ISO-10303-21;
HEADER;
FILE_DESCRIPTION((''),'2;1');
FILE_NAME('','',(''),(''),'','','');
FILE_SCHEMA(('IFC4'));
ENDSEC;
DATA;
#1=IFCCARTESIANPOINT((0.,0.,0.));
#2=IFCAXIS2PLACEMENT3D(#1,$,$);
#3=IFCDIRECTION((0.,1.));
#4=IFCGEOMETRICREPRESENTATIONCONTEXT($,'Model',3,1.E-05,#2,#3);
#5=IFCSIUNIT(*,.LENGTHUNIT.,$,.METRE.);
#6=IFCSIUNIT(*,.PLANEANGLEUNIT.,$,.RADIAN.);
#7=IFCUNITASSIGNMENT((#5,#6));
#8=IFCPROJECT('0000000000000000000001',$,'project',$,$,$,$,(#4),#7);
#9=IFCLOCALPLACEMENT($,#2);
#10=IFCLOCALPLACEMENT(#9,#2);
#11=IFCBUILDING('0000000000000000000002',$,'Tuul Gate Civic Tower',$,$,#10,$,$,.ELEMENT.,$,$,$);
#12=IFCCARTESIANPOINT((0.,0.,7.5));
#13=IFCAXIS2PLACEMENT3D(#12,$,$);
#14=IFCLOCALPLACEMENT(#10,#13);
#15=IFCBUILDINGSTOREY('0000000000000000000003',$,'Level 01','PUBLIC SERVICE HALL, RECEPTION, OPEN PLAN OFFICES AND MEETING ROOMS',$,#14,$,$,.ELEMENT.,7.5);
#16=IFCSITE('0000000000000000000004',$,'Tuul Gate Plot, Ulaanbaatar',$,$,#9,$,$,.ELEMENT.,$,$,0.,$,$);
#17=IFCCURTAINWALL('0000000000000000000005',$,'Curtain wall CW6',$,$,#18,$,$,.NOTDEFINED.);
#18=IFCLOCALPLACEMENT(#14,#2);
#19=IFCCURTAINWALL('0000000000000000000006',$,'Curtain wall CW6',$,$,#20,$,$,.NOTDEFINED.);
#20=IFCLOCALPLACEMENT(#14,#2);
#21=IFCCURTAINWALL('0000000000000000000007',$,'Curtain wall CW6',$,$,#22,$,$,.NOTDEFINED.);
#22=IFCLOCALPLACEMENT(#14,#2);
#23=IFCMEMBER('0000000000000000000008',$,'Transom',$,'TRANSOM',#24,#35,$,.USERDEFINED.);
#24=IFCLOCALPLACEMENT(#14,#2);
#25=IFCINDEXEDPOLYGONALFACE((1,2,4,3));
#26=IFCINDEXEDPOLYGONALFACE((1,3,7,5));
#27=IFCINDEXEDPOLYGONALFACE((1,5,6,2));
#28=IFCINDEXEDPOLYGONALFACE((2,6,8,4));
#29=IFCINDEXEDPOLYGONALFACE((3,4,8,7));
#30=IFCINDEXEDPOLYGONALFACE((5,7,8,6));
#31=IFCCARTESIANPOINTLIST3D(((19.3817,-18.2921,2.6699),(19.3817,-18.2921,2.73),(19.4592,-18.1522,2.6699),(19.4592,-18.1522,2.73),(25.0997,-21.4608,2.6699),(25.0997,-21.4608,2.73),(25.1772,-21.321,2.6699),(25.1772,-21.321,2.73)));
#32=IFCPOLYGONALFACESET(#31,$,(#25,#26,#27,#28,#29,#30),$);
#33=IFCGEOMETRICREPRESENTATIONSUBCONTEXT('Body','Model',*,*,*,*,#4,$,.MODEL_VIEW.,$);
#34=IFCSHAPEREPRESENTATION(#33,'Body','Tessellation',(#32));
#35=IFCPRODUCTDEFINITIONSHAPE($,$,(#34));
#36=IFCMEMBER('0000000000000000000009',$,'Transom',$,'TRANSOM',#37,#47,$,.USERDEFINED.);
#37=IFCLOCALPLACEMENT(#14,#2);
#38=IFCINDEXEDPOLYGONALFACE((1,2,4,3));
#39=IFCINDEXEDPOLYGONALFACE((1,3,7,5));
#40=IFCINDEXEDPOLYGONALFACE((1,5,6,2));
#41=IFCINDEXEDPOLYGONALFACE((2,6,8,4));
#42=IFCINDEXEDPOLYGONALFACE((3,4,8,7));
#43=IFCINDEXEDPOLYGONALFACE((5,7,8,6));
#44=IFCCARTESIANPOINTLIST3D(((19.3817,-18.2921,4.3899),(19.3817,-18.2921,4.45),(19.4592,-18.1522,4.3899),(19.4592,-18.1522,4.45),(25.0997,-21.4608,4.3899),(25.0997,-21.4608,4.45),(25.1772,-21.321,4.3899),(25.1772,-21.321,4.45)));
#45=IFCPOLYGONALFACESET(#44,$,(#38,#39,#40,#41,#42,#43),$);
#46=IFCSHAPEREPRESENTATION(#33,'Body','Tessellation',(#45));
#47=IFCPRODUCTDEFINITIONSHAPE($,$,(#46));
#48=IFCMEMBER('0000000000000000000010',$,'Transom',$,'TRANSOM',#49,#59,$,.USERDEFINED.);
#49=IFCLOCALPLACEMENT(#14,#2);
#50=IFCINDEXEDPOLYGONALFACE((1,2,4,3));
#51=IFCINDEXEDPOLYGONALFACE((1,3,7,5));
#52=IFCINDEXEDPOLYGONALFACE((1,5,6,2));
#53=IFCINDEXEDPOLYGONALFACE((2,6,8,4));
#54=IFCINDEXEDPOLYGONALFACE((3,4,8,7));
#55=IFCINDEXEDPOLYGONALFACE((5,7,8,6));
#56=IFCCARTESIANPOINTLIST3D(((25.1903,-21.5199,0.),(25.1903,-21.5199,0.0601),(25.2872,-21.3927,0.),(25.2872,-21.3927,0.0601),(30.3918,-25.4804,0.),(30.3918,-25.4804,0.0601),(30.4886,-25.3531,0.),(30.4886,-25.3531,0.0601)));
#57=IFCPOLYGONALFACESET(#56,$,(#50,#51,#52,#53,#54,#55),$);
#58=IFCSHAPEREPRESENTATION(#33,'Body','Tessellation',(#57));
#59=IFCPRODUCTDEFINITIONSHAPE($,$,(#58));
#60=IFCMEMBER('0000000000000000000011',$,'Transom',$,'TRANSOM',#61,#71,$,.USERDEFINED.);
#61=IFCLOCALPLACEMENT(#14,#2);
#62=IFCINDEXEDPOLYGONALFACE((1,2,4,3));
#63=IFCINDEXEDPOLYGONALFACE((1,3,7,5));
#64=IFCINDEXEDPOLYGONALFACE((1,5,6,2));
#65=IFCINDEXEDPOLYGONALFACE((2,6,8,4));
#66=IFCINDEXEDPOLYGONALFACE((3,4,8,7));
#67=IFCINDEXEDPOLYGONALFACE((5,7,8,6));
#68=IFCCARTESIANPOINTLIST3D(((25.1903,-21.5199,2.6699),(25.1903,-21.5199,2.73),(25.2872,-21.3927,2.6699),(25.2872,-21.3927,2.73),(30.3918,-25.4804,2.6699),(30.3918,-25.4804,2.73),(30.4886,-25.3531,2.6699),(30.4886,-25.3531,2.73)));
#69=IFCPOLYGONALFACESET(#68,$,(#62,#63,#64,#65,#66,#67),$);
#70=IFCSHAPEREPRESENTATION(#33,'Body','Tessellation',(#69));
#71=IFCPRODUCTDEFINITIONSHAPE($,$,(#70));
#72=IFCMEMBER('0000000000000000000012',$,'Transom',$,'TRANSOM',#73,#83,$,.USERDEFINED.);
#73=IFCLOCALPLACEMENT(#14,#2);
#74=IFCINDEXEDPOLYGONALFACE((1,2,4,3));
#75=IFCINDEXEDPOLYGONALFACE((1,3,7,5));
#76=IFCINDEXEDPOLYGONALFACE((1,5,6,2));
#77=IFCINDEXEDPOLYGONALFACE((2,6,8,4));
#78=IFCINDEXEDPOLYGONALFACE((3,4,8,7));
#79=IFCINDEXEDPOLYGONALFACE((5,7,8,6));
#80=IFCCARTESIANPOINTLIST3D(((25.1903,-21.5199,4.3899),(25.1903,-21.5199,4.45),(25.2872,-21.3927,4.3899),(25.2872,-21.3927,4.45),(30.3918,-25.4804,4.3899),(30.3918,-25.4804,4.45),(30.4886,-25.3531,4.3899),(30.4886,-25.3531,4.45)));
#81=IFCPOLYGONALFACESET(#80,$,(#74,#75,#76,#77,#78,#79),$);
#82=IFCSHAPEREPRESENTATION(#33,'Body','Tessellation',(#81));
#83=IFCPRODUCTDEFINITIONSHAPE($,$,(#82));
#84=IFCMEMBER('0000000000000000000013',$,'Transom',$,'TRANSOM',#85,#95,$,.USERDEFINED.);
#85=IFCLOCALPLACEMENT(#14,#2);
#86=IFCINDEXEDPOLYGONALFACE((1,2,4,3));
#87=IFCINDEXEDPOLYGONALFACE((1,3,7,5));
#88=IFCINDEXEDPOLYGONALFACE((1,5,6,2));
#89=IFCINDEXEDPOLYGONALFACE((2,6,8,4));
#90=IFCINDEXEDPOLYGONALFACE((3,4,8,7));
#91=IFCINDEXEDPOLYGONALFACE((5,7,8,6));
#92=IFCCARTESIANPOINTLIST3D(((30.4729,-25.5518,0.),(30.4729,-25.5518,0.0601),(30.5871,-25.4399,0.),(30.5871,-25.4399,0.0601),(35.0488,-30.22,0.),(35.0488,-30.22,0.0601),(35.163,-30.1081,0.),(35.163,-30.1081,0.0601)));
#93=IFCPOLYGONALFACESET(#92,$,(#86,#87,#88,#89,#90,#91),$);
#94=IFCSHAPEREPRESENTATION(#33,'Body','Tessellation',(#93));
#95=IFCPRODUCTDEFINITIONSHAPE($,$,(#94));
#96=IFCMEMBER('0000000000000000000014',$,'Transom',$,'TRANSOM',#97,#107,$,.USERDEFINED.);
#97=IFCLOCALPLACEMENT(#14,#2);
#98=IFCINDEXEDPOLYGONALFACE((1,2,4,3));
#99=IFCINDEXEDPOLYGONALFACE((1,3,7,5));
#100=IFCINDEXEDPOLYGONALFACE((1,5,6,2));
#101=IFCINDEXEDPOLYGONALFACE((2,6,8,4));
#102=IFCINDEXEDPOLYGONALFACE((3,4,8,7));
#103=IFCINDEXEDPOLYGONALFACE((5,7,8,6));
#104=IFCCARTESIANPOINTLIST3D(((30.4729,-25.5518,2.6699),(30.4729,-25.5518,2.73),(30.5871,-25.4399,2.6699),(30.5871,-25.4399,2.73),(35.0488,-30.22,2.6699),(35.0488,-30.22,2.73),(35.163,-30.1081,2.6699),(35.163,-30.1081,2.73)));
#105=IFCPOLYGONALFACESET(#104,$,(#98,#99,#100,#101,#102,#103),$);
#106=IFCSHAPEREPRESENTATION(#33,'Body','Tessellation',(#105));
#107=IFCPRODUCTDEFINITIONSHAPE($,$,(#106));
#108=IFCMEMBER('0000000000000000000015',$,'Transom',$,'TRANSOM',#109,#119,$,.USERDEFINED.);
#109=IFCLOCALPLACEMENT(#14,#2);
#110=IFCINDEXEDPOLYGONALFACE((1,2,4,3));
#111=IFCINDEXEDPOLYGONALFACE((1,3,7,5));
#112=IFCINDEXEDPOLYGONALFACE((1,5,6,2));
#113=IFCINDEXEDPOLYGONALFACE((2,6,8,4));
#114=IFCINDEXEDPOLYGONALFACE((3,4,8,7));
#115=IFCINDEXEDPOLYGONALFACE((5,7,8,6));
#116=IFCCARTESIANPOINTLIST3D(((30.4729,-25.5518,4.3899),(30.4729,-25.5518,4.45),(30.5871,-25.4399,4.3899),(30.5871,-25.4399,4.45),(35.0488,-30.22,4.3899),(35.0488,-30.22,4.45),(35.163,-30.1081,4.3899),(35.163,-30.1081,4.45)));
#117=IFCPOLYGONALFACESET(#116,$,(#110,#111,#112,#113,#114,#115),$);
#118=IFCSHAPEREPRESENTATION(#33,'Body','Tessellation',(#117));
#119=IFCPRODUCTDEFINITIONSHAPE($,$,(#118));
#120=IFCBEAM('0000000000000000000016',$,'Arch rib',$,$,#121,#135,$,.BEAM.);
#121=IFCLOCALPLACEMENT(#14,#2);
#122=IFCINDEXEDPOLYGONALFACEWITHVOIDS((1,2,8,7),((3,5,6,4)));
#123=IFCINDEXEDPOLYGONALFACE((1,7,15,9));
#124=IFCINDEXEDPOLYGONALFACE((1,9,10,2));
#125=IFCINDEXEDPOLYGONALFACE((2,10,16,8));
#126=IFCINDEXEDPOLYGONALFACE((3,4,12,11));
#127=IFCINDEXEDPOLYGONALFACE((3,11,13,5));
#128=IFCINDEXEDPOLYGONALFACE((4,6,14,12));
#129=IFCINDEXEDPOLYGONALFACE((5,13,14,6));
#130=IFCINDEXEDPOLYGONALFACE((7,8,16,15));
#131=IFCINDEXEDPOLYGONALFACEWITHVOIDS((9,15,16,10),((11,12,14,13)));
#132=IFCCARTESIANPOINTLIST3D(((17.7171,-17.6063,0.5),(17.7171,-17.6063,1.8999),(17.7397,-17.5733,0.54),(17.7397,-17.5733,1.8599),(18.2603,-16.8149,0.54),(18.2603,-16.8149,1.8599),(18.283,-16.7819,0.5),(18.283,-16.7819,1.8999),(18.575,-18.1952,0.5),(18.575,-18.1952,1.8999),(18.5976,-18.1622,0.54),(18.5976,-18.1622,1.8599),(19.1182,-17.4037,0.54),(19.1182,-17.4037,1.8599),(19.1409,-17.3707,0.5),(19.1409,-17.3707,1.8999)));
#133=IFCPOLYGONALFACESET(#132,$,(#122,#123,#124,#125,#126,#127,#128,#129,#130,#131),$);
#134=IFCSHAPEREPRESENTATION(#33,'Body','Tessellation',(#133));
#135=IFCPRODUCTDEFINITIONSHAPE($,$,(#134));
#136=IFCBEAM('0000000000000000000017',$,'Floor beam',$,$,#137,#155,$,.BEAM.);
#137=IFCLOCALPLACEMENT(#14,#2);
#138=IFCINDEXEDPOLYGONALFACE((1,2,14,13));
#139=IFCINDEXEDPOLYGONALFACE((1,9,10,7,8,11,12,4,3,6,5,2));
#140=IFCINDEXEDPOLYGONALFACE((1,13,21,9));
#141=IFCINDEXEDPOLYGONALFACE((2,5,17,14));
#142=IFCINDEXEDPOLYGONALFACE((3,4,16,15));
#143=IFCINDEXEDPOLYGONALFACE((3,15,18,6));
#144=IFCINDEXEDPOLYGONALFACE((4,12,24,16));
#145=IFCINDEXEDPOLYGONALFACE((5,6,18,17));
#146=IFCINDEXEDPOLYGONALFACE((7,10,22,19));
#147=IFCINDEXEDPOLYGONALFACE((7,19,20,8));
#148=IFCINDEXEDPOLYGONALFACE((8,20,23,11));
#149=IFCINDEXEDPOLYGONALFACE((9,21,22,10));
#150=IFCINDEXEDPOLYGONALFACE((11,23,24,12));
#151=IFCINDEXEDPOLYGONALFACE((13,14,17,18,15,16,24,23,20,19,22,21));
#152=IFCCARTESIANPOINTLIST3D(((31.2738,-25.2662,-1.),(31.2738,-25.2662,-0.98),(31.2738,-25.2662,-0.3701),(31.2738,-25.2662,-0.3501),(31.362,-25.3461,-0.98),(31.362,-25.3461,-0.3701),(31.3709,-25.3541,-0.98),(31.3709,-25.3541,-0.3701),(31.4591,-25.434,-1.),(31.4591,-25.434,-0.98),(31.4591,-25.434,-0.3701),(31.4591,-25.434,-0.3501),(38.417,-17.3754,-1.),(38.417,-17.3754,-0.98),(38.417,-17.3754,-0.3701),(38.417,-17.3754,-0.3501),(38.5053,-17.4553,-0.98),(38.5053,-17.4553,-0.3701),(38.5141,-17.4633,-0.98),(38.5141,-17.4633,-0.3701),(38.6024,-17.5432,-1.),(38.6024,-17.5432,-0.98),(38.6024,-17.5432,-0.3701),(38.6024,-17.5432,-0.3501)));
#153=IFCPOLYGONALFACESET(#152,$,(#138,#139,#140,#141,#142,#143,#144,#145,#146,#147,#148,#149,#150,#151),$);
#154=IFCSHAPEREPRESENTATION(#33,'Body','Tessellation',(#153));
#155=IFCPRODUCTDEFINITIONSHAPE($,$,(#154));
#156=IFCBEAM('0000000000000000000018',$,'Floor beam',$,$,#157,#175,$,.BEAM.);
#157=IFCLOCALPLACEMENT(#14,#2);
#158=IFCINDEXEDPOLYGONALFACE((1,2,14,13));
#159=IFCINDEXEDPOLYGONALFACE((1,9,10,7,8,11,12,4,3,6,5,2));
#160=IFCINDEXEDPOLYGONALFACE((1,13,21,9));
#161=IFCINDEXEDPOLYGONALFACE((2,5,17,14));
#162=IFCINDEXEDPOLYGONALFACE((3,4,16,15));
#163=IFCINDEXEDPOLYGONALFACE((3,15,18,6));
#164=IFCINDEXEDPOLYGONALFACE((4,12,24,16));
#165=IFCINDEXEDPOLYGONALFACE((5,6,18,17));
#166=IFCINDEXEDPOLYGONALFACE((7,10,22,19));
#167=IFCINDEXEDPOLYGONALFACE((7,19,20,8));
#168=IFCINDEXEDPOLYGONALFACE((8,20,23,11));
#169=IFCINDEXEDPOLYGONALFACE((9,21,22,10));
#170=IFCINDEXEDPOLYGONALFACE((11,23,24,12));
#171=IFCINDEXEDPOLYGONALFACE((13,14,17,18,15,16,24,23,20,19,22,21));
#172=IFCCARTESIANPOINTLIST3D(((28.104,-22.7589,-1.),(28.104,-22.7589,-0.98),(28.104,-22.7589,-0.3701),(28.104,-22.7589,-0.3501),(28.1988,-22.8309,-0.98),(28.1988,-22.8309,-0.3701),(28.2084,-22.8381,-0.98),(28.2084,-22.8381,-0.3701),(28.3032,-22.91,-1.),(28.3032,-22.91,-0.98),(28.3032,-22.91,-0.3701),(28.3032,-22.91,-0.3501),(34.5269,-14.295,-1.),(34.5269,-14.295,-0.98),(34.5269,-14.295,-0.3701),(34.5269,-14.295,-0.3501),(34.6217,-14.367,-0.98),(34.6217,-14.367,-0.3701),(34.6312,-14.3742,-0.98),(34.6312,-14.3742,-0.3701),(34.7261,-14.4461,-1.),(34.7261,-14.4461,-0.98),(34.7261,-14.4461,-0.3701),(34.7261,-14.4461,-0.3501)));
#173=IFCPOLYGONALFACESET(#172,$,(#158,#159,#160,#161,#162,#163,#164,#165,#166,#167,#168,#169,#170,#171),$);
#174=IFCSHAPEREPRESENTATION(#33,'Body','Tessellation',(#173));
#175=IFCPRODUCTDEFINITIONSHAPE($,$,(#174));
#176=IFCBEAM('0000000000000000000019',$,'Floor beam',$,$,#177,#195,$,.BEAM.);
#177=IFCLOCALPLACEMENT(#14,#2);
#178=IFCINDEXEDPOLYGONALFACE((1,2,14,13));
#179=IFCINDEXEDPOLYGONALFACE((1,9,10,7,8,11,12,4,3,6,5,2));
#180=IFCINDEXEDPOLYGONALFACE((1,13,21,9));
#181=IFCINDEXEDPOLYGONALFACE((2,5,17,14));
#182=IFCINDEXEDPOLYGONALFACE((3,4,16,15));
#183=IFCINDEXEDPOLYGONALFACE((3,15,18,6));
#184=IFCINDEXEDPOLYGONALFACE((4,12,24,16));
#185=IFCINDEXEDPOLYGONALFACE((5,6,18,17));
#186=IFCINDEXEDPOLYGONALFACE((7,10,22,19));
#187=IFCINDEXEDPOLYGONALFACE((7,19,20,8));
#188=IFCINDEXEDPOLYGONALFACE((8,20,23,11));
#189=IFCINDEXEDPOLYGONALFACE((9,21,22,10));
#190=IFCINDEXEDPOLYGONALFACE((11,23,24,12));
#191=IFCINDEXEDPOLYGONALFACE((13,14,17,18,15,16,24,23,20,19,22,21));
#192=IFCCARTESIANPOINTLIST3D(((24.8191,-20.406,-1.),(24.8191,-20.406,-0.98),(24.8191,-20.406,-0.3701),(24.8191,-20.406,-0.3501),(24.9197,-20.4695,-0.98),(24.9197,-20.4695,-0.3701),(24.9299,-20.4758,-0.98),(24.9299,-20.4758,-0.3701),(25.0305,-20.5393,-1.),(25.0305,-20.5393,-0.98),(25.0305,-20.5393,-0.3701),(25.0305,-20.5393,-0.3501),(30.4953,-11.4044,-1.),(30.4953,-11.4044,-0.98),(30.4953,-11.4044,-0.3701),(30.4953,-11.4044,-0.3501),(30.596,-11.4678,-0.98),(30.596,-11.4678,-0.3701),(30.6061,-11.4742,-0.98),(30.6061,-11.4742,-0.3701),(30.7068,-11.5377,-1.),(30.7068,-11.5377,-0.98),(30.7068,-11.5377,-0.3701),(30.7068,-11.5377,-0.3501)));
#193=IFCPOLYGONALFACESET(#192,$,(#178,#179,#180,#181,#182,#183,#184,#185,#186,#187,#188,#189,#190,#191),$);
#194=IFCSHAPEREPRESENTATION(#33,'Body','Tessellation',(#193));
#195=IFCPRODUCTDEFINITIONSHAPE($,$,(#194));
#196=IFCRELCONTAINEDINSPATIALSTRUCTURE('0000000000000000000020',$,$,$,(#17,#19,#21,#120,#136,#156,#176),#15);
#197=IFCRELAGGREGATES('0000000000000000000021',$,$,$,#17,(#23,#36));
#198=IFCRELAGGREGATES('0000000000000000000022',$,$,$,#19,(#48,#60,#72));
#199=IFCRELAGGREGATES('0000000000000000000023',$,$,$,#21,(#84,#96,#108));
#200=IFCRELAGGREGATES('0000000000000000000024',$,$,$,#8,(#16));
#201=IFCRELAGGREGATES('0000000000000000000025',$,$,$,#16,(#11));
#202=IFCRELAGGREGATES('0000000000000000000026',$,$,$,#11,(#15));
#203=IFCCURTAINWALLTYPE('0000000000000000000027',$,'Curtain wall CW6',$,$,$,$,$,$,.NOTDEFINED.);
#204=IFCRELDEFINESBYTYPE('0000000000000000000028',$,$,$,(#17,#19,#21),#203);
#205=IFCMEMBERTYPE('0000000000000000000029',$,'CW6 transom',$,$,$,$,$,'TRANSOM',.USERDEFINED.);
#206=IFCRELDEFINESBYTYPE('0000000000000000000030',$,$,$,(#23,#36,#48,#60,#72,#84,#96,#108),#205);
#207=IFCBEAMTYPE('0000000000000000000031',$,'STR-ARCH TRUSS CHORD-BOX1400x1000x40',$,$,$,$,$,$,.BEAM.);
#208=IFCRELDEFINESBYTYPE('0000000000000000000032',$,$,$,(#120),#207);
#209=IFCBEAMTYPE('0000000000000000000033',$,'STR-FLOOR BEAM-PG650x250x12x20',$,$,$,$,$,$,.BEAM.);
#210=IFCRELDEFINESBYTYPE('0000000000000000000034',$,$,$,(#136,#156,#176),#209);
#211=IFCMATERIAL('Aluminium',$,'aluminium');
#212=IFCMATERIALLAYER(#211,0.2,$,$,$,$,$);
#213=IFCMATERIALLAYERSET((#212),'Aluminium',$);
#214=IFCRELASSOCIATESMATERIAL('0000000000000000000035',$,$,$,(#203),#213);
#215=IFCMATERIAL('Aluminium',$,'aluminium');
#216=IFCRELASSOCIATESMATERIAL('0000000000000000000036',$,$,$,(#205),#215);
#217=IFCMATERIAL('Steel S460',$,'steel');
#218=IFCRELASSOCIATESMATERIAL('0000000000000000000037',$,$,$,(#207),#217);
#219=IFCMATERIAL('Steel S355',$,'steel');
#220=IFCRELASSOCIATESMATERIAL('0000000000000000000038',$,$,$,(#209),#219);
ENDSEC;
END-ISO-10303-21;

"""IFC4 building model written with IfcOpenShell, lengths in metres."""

from ifc_helpers import new_model, si_unit, direction, frame, origin, origin_2d, place, context, subcontext, project, spatial, rectangle, hollow_rectangle, i_section, extrude, material, layer, layer_set, material_profile, profile_set, type_object, element, aggregate, save


model = new_model("IFC4")

# Units and contexts
model_context = context("Model", 3, precision=1e-05, world=origin(), true_north=direction((0.0, 1.0)))
body_context = subcontext(model_context, "Body", "Model", "MODEL_VIEW")
ifc_project = project(units=[si_unit("LENGTHUNIT", "METRE"), si_unit("PLANEANGLEUNIT", "RADIAN")], contexts=[model_context])

# Site, building, storey
site_placement = place(None, origin())
site = spatial("IfcSite", under=ifc_project, at=site_placement, Name="Tuul Gate Plot, Ulaanbaatar", CompositionType="ELEMENT", RefElevation=0.0)
building_placement = place(site_placement, origin())
building = spatial("IfcBuilding", under=site, at=building_placement, Name="Tuul Gate Civic Tower", CompositionType="ELEMENT")
storey_placement = place(building_placement, frame((0.0, 0.0, 7.5)))
storey = spatial("IfcBuildingStorey", under=building, at=storey_placement, Name="Level 01", Description="PUBLIC SERVICE HALL, RECEPTION, OPEN PLAN OFFICES AND MEETING ROOMS", CompositionType="ELEMENT", Elevation=7.5)

# Curtain walls
ifc_material_1 = material(Name="Aluminium", Category="aluminium")
ifc_layer_1 = layer(ifc_material_1, 0.2)
ifc_layer_set_1 = layer_set([ifc_layer_1], Name="Aluminium")
curtain_wall_type_1 = type_object("IfcCurtainWallType", Name="Curtain wall CW6", PredefinedType="NOTDEFINED", material=ifc_layer_set_1)
curtain_wall_1_placement = place(storey_placement, origin())
curtain_wall_1 = element("IfcCurtainWall", 1, at=curtain_wall_1_placement, inside=storey, type_object=curtain_wall_type_1, Name="Curtain wall CW6", PredefinedType="NOTDEFINED")
curtain_wall_2_placement = place(storey_placement, origin())
curtain_wall_2 = element("IfcCurtainWall", 2, at=curtain_wall_2_placement, inside=storey, type_object=curtain_wall_type_1, Name="Curtain wall CW6", PredefinedType="NOTDEFINED")

# Curtain wall
curtain_wall_3_placement = place(storey_placement, origin())
curtain_wall_3 = element("IfcCurtainWall", 3, at=curtain_wall_3_placement, inside=storey, type_object=curtain_wall_type_1, Name="Curtain wall CW6", PredefinedType="NOTDEFINED")

# Members
ifc_material_2 = material(Name="Aluminium", Category="aluminium")
ifc_material_profile_1 = material_profile(ifc_material_2, rectangle(XDim=0.1599, YDim=0.0601, at=origin_2d()), Name="CW6 transom")
ifc_profile_set_1 = profile_set([ifc_material_profile_1], Name="Aluminium")
member_type_1 = type_object("IfcMemberType", Name="CW6 transom", ElementType="TRANSOM", PredefinedType="USERDEFINED", material=ifc_profile_set_1)
member_1_placement = place(storey_placement, frame((19.4204, -18.2222, 2.7), z_axis=(0.874675, -0.48471, 0.0), x_axis=(0.48471, 0.874675, 0.0)))
member_1 = element("IfcMember", 4, at=member_1_placement, type_object=member_type_1, Name="Transom", ObjectType="TRANSOM", PredefinedType="USERDEFINED", context=body_context, shape_type="SweptSolid", body=[
    extrude(rectangle(XDim=0.1599, YDim=0.0601, at=origin_2d()), origin(), (0.0, 0.0, 1.0), 6.5374),
])
member_2_placement = place(storey_placement, frame((19.4204, -18.2222, 4.4199), z_axis=(0.874675, -0.48471, 0.0), x_axis=(0.48471, 0.874675, 0.0)))
member_2 = element("IfcMember", 5, at=member_2_placement, type_object=member_type_1, Name="Transom", ObjectType="TRANSOM", PredefinedType="USERDEFINED", context=body_context, shape_type="SweptSolid", body=[
    extrude(rectangle(XDim=0.1599, YDim=0.0601, at=origin_2d()), origin(), (0.0, 0.0, 1.0), 6.5374),
])
member_3_placement = place(storey_placement, frame((25.2388, -21.4563, 0.03), z_axis=(0.795619, -0.605798, 0.0), x_axis=(0.605798, 0.795619, 0.0)))
member_3 = element("IfcMember", 6, at=member_3_placement, type_object=member_type_1, Name="Transom", ObjectType="TRANSOM", PredefinedType="USERDEFINED", context=body_context, shape_type="SweptSolid", body=[
    extrude(rectangle(XDim=0.1599, YDim=0.0601, at=origin_2d()), origin(), (0.0, 0.0, 1.0), 6.5376),
])
member_4_placement = place(storey_placement, frame((25.2388, -21.4563, 2.7), z_axis=(0.795619, -0.605798, 0.0), x_axis=(0.605798, 0.795619, 0.0)))
member_4 = element("IfcMember", 7, at=member_4_placement, type_object=member_type_1, Name="Transom", ObjectType="TRANSOM", PredefinedType="USERDEFINED", context=body_context, shape_type="SweptSolid", body=[
    extrude(rectangle(XDim=0.1599, YDim=0.0601, at=origin_2d()), origin(), (0.0, 0.0, 1.0), 6.5376),
])
member_5_placement = place(storey_placement, frame((25.2388, -21.4563, 4.4199), z_axis=(0.795619, -0.605798, 0.0), x_axis=(0.605798, 0.795619, 0.0)))
member_5 = element("IfcMember", 8, at=member_5_placement, type_object=member_type_1, Name="Transom", ObjectType="TRANSOM", PredefinedType="USERDEFINED", context=body_context, shape_type="SweptSolid", body=[
    extrude(rectangle(XDim=0.1599, YDim=0.0601, at=origin_2d()), origin(), (0.0, 0.0, 1.0), 6.5376),
])
member_6_placement = place(storey_placement, frame((30.53, -25.4958, 0.03), z_axis=(0.700013, -0.71413, 0.0), x_axis=(0.71413, 0.700013, 0.0)))
member_6 = element("IfcMember", 9, at=member_6_placement, type_object=member_type_1, Name="Transom", ObjectType="TRANSOM", PredefinedType="USERDEFINED", context=body_context, shape_type="SweptSolid", body=[
    extrude(rectangle(XDim=0.1599, YDim=0.0601, at=origin_2d()), origin(), (0.0, 0.0, 1.0), 6.5369),
])
member_7_placement = place(storey_placement, frame((30.53, -25.4958, 2.7), z_axis=(0.700013, -0.71413, 0.0), x_axis=(0.71413, 0.700013, 0.0)))
member_7 = element("IfcMember", 10, at=member_7_placement, type_object=member_type_1, Name="Transom", ObjectType="TRANSOM", PredefinedType="USERDEFINED", context=body_context, shape_type="SweptSolid", body=[
    extrude(rectangle(XDim=0.1599, YDim=0.0601, at=origin_2d()), origin(), (0.0, 0.0, 1.0), 6.5369),
])
member_8_placement = place(storey_placement, frame((30.53, -25.4958, 4.4199), z_axis=(0.700013, -0.71413, 0.0), x_axis=(0.71413, 0.700013, 0.0)))
member_8 = element("IfcMember", 11, at=member_8_placement, type_object=member_type_1, Name="Transom", ObjectType="TRANSOM", PredefinedType="USERDEFINED", context=body_context, shape_type="SweptSolid", body=[
    extrude(rectangle(XDim=0.1599, YDim=0.0601, at=origin_2d()), origin(), (0.0, 0.0, 1.0), 6.5369),
])

# Beams
ifc_material_3 = material(Name="Steel S460", Category="steel")
ifc_material_profile_2 = material_profile(ifc_material_3, hollow_rectangle(XDim=1.0, YDim=1.3999, WallThickness=0.04, at=origin_2d()), Name="BOX1400x1000x40")
ifc_profile_set_2 = profile_set([ifc_material_profile_2], Name="Steel S460")
beam_type_1 = type_object("IfcBeamType", Name="STR-ARCH TRUSS CHORD-BOX1400x1000x40", PredefinedType="BEAM", material=ifc_profile_set_2)
beam_1_placement = place(storey_placement, frame((18.8579, -17.783, 1.2), z_axis=(-0.824466, 0.565911, 0.0), x_axis=(-0.565911, -0.824466, 0.0)))
element("IfcBeam", 12, at=beam_1_placement, inside=storey, type_object=beam_type_1, Name="Arch rib", PredefinedType="BEAM", context=body_context, shape_type="SweptSolid", body=[
    extrude(hollow_rectangle(XDim=1.0, YDim=1.3999, WallThickness=0.04, at=origin_2d()), origin(), (0.0, 0.0, 1.0), 1.0405),
])
ifc_material_4 = material(Name="Steel S355", Category="steel")
ifc_material_profile_3 = material_profile(ifc_material_4, i_section(OverallWidth=0.25, OverallDepth=0.6499, WebThickness=0.012, FlangeThickness=0.02, at=origin_2d()), Name="PG650x250x12x20")
ifc_profile_set_3 = profile_set([ifc_material_profile_3], Name="Steel S355")
beam_type_2 = type_object("IfcBeamType", Name="STR-FLOOR BEAM-PG650x250x12x20", PredefinedType="BEAM", material=ifc_profile_set_3)
beam_2_placement = place(storey_placement, frame((31.3665, -25.3501, -0.675), z_axis=(0.671118, 0.741351, 0.0), x_axis=(-0.741351, 0.671118, 0.0)))
element("IfcBeam", 13, at=beam_2_placement, inside=storey, type_object=beam_type_2, Name="Floor beam", PredefinedType="BEAM", context=body_context, shape_type="SweptSolid", body=[
    extrude(i_section(OverallWidth=0.25, OverallDepth=0.6499, WebThickness=0.012, FlangeThickness=0.02, at=origin_2d()), origin(), (0.0, 0.0, 1.0), 10.6438),
])
beam_3_placement = place(storey_placement, frame((28.2036, -22.8345, -0.675), z_axis=(0.604505, 0.796601, 0.0), x_axis=(-0.796601, 0.604505, 0.0)))
element("IfcBeam", 14, at=beam_3_placement, inside=storey, type_object=beam_type_2, Name="Floor beam", PredefinedType="BEAM", context=body_context, shape_type="SweptSolid", body=[
    extrude(i_section(OverallWidth=0.25, OverallDepth=0.6499, WebThickness=0.012, FlangeThickness=0.02, at=origin_2d()), origin(), (0.0, 0.0, 1.0), 10.625),
])
beam_4_placement = place(storey_placement, frame((24.9248, -20.4727, -0.675), z_axis=(0.533387, 0.845871, 0.0), x_axis=(-0.845871, 0.533387, 0.0)))
element("IfcBeam", 15, at=beam_4_placement, inside=storey, type_object=beam_type_2, Name="Floor beam", PredefinedType="BEAM", context=body_context, shape_type="SweptSolid", body=[
    extrude(i_section(OverallWidth=0.25, OverallDepth=0.6499, WebThickness=0.012, FlangeThickness=0.02, at=origin_2d()), origin(), (0.0, 0.0, 1.0), 10.6418),
])

aggregate(curtain_wall_1, [member_1, member_2])
aggregate(curtain_wall_2, [member_3, member_4, member_5])
aggregate(curtain_wall_3, [member_6, member_7, member_8])

save(model, "model.ifc")
